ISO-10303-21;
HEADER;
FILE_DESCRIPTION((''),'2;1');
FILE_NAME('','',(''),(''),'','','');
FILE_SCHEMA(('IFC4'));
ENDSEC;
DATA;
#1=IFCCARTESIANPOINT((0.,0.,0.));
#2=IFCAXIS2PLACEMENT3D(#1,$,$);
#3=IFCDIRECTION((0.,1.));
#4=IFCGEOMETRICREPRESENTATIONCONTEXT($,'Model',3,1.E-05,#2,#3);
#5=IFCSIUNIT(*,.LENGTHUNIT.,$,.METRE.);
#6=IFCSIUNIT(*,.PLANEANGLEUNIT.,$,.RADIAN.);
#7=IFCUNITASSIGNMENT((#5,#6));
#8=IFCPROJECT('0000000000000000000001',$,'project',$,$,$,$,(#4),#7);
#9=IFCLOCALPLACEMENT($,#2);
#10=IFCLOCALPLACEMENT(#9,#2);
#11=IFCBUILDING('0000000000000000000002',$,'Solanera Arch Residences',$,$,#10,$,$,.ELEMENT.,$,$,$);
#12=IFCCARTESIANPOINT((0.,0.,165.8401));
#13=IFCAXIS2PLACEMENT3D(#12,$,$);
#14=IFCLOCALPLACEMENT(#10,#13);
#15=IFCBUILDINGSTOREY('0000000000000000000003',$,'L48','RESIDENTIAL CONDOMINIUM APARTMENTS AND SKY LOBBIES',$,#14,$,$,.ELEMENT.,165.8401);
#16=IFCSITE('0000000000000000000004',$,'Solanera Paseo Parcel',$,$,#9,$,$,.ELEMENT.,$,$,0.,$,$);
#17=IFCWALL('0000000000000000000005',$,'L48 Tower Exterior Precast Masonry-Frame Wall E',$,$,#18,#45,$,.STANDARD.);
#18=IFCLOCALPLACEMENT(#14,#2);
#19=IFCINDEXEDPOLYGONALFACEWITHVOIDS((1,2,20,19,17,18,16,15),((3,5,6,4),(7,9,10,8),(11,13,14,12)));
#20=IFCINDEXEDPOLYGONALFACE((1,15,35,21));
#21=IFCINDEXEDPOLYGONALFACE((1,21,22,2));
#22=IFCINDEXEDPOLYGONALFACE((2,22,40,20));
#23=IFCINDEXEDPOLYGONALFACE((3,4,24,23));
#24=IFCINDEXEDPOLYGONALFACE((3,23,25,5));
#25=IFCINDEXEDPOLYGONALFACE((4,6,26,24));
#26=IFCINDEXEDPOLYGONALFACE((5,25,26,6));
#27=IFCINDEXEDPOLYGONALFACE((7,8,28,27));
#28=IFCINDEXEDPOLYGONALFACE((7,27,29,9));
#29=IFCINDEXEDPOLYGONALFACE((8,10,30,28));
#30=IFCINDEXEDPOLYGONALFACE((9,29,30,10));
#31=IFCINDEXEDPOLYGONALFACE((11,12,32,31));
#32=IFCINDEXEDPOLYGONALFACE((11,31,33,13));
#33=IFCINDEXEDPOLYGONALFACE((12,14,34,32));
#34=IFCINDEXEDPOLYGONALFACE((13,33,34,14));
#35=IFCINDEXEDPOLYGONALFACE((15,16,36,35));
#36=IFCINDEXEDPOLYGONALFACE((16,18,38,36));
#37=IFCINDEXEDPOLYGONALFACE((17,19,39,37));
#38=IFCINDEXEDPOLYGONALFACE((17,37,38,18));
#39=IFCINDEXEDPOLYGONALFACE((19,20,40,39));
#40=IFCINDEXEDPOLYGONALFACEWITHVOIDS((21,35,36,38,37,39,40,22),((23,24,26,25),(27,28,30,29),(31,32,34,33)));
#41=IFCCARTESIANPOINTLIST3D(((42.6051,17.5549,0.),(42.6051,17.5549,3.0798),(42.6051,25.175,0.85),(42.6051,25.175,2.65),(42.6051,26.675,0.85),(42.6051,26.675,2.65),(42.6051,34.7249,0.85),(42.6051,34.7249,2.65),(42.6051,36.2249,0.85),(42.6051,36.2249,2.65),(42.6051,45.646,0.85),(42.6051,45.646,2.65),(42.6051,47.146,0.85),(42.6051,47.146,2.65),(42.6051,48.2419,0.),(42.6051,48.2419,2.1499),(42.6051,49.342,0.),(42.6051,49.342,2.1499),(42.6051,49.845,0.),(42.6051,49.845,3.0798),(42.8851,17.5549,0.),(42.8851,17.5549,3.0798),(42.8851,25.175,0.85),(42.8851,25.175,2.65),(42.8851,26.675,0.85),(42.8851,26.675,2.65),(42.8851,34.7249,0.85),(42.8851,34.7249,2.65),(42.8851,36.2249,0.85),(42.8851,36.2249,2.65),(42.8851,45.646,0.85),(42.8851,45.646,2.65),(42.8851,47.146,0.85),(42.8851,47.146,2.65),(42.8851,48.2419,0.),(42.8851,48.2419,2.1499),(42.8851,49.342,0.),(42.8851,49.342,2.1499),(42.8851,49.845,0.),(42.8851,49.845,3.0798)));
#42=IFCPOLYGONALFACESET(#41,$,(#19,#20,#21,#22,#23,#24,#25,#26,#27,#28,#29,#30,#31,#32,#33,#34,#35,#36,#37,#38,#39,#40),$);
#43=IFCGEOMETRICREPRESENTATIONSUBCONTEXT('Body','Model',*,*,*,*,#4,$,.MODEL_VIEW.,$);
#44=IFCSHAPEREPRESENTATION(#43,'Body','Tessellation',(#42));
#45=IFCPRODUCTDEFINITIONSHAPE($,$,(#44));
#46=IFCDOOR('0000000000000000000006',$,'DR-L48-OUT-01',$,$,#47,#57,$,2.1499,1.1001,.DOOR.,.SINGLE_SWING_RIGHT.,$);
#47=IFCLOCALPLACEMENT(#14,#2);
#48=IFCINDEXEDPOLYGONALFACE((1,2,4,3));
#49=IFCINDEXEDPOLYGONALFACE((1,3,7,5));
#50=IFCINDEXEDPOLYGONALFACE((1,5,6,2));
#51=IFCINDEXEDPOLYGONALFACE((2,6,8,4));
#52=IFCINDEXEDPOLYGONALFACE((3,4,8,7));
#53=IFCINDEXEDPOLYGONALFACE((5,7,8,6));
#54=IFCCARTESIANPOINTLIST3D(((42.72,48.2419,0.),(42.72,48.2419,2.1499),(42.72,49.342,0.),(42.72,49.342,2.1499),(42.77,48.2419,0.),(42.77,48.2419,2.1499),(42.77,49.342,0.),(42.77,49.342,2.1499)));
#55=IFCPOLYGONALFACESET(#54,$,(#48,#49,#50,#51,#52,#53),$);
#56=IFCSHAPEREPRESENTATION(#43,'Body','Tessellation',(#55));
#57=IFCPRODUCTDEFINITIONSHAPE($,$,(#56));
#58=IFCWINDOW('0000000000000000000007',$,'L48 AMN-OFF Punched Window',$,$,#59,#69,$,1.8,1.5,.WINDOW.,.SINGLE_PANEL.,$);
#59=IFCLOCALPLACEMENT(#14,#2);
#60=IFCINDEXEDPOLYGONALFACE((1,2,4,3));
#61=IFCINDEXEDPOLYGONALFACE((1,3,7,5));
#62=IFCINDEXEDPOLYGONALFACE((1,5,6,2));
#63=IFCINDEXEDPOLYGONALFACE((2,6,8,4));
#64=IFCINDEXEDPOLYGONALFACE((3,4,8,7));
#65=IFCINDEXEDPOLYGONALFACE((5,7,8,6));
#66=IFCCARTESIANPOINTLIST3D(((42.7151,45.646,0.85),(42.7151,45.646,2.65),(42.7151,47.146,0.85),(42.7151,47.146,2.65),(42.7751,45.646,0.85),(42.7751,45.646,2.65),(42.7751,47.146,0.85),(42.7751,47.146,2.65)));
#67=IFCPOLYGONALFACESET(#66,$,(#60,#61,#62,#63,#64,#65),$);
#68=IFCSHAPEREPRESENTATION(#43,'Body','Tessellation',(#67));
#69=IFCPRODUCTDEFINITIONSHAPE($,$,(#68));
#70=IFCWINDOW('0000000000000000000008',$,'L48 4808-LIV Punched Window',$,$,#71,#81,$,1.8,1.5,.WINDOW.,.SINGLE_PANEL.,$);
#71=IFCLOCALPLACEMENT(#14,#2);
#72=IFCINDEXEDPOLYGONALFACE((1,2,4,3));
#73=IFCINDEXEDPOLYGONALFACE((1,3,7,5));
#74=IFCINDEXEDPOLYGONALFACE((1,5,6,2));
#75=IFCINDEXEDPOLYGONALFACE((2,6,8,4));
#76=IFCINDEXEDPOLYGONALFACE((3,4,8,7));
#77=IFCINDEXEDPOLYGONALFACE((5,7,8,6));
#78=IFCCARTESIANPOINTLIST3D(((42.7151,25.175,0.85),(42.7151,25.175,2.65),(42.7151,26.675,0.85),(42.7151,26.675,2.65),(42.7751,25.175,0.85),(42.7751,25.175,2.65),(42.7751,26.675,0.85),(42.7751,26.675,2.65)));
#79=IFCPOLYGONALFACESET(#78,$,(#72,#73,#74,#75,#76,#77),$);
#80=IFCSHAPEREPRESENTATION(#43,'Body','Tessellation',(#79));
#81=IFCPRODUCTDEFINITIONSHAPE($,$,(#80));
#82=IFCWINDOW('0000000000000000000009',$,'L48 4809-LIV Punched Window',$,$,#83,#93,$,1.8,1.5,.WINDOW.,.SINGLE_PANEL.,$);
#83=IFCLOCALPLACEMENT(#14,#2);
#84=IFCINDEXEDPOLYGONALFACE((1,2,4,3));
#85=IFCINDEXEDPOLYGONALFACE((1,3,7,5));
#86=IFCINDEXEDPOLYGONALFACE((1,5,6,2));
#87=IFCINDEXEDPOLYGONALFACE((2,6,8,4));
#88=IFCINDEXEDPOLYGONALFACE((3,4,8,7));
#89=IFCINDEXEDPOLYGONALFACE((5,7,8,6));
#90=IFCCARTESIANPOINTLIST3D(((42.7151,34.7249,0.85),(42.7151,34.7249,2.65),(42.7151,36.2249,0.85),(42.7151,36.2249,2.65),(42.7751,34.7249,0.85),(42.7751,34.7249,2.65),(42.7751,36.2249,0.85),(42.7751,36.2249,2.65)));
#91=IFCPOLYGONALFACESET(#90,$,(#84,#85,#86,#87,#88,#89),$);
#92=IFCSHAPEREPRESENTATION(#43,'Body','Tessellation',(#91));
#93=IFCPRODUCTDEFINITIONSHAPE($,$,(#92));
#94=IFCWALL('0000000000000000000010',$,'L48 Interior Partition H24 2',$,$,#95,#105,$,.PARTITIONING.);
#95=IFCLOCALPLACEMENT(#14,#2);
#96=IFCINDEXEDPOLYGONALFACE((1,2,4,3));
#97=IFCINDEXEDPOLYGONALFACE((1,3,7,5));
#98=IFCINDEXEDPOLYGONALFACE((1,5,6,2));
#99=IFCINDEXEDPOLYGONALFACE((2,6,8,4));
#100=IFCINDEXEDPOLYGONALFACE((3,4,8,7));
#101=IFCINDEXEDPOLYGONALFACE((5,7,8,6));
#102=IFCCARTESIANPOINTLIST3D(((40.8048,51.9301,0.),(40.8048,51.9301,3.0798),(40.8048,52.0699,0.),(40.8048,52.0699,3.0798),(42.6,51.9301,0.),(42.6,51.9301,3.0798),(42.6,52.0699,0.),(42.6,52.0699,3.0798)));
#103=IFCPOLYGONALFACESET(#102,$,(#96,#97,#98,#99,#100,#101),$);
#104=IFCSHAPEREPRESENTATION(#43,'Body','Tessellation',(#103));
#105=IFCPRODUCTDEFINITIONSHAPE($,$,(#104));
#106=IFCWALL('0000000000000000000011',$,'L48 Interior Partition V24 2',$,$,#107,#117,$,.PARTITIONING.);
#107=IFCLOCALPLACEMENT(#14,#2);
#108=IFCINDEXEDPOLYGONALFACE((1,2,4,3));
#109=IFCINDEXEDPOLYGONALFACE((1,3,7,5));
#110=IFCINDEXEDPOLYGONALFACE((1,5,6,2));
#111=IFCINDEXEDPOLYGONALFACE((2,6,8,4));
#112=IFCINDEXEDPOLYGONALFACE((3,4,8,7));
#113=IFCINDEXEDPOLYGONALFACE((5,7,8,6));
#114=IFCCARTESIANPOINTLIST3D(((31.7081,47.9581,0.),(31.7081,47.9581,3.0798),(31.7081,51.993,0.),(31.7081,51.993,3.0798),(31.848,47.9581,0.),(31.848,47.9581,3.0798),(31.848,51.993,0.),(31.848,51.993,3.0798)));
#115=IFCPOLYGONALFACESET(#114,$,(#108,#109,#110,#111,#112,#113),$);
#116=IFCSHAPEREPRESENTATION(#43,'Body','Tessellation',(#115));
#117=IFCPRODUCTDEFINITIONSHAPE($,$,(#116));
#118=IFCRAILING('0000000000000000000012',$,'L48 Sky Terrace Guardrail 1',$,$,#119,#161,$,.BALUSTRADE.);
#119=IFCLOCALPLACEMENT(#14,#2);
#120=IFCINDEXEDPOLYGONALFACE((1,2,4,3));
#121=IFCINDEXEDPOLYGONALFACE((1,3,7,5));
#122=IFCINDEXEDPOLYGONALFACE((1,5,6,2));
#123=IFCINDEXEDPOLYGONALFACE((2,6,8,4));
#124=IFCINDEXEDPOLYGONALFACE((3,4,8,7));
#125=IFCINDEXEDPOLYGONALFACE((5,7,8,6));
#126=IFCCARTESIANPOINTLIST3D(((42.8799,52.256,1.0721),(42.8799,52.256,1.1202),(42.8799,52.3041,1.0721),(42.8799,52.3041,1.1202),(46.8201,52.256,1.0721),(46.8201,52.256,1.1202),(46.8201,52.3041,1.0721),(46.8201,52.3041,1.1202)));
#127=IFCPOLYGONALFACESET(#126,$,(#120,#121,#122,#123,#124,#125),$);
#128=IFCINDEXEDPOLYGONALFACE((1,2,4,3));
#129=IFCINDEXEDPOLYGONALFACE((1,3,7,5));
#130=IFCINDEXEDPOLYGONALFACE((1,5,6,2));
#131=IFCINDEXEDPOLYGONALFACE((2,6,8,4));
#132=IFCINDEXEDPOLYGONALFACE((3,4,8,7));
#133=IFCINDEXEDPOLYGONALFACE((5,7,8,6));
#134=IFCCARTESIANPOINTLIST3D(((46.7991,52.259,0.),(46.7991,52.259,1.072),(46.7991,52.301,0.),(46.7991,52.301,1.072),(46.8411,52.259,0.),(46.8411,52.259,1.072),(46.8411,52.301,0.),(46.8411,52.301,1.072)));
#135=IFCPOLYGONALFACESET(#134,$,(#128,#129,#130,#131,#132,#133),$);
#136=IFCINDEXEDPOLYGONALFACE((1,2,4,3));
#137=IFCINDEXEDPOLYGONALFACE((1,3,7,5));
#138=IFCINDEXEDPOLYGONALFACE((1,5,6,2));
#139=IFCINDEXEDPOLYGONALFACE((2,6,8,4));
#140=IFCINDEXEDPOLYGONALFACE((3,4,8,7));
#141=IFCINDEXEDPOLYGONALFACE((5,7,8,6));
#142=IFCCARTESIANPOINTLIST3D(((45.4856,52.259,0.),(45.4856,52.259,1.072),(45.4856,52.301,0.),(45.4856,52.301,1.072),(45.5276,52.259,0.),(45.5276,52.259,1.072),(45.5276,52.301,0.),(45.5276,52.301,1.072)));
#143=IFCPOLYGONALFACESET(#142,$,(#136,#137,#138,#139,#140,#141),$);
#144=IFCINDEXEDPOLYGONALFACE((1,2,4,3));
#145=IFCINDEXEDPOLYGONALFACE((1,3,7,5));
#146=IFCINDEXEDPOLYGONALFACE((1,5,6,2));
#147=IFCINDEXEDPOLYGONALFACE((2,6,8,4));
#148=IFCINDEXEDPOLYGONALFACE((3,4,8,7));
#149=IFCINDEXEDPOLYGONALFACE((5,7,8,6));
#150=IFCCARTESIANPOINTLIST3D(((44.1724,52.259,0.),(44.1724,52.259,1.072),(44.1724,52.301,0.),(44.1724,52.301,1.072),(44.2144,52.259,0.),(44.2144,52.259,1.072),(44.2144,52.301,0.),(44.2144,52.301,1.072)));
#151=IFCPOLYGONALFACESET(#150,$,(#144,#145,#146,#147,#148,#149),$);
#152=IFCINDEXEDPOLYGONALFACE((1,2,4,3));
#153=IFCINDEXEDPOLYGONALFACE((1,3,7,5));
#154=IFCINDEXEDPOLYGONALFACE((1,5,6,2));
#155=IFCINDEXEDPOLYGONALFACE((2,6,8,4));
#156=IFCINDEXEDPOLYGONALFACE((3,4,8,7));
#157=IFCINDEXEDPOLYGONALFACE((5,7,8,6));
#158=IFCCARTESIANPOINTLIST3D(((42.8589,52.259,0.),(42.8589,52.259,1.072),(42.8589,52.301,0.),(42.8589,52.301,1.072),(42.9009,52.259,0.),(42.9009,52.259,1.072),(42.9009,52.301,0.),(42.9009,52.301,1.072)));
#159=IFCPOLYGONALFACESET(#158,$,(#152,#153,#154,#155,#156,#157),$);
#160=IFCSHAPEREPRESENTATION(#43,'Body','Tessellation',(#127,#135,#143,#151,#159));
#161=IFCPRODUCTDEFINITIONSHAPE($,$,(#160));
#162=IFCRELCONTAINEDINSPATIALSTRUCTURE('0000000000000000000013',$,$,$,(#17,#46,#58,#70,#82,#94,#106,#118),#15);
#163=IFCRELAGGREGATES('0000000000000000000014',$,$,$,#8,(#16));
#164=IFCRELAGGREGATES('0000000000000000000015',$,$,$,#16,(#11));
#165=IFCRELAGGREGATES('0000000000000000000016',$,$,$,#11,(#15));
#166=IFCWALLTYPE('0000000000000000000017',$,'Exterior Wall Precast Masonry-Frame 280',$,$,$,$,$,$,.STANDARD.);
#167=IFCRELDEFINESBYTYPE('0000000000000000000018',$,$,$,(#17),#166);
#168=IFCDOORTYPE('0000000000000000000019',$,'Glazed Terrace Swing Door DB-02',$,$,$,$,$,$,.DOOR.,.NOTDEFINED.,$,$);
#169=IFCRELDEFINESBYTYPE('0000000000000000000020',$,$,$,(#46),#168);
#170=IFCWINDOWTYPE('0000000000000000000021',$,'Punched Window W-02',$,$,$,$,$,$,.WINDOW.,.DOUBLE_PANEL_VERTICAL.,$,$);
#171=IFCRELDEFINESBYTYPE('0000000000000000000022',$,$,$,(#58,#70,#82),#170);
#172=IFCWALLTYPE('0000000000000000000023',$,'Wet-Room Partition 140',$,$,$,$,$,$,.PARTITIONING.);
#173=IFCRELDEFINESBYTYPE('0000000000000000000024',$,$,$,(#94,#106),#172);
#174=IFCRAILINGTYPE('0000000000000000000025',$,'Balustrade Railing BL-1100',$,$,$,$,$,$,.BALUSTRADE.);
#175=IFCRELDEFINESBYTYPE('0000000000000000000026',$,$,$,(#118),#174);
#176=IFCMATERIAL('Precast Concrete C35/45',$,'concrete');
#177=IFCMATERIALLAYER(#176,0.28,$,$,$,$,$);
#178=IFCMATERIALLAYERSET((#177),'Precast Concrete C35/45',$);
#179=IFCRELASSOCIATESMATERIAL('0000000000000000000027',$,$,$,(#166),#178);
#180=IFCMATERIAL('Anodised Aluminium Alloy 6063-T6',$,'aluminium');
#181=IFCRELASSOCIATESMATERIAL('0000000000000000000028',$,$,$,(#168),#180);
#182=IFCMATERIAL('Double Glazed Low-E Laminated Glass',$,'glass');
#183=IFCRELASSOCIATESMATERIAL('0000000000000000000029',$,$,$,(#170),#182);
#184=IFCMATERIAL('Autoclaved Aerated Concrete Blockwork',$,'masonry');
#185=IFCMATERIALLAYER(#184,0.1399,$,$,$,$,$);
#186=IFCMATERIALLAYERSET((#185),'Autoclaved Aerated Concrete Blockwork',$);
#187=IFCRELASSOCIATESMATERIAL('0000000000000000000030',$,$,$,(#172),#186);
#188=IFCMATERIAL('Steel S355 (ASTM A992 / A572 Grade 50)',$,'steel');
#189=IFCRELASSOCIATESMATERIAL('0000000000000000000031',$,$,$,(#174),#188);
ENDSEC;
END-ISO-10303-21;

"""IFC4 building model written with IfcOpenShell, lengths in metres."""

from ifc_helpers import new_model, si_unit, direction, frame, frame_2d, origin, origin_2d, place, context, subcontext, project, spatial, rectangle, extrude, material, layer, layer_set, type_object, element, fill, save


model = new_model("IFC4")

# Units and contexts
model_context = context("Model", 3, precision=1e-05, world=origin(), true_north=direction((0.0, 1.0)))
body_context = subcontext(model_context, "Body", "Model", "MODEL_VIEW")
ifc_project = project(units=[si_unit("LENGTHUNIT", "METRE"), si_unit("PLANEANGLEUNIT", "RADIAN")], contexts=[model_context])

# Site, building, storey
site_placement = place(None, origin())
site = spatial("IfcSite", under=ifc_project, at=site_placement, Name="Solanera Paseo Parcel", CompositionType="ELEMENT", RefElevation=0.0)
building_placement = place(site_placement, origin())
building = spatial("IfcBuilding", under=site, at=building_placement, Name="Solanera Arch Residences", CompositionType="ELEMENT")
storey_placement = place(building_placement, frame((0.0, 0.0, 165.8401)))
storey = spatial("IfcBuildingStorey", under=building, at=storey_placement, Name="L48", Description="RESIDENTIAL CONDOMINIUM APARTMENTS AND SKY LOBBIES", CompositionType="ELEMENT", Elevation=165.8401)

# Shared definitions
ifc_material_1 = material(Name="Precast Concrete C35/45", Category="concrete")
ifc_layer_1 = layer(ifc_material_1, 0.28)
ifc_layer_set_1 = layer_set([ifc_layer_1], Name="Precast Concrete C35/45")
wall_type_1 = type_object("IfcWallType", Name="Exterior Wall Precast Masonry-Frame 280", PredefinedType="STANDARD", material=ifc_layer_set_1)

# Wall, openings, door, windows
wall_1_placement = place(storey_placement, frame((42.7451, 49.845, 0.0), z_axis=(0.0, 0.0, 1.0), x_axis=(0.0, -1.0, 0.0)))
wall_1 = element("IfcWall", 1, at=wall_1_placement, inside=storey, type_object=wall_type_1, Name="L48 Tower Exterior Precast Masonry-Frame Wall E", PredefinedType="STANDARD", context=body_context, shape_type="SweptSolid", body=[
    extrude(rectangle(XDim=32.29, YDim=0.28, at=frame_2d((16.145, 0.0))), origin(), (0.0, 0.0, 1.0), 3.0798),
])
opening_1_placement = place(wall_1_placement, frame((0.5029, 0.0, 0.0)))
opening_1 = element("IfcOpeningElement", 2, at=opening_1_placement, cuts=wall_1, PredefinedType="OPENING", context=body_context, shape_type="SweptSolid", body=[
    extrude(rectangle(XDim=1.1001, YDim=2.1499, at=frame_2d((0.55, 1.075))), frame((0.0, 0.1499, 0.0), z_axis=(0.0, -1.0, 0.0), x_axis=(1.0, 0.0, 0.0)), (0.0, 0.0, 1.0), 0.3),
])
opening_2_placement = place(wall_1_placement, frame((2.699, 0.0, 0.8501)))
opening_2 = element("IfcOpeningElement", 3, at=opening_2_placement, cuts=wall_1, PredefinedType="OPENING", context=body_context, shape_type="SweptSolid", body=[
    extrude(rectangle(XDim=1.5, YDim=1.8, at=frame_2d((0.75, 0.8999))), frame((0.0, 0.1499, 0.0), z_axis=(0.0, -1.0, 0.0), x_axis=(1.0, 0.0, 0.0)), (0.0, 0.0, 1.0), 0.3),
])
opening_3_placement = place(wall_1_placement, frame((23.1699, 0.0, 0.8501)))
opening_3 = element("IfcOpeningElement", 4, at=opening_3_placement, cuts=wall_1, PredefinedType="OPENING", context=body_context, shape_type="SweptSolid", body=[
    extrude(rectangle(XDim=1.5, YDim=1.8, at=frame_2d((0.75, 0.8999))), frame((0.0, 0.1499, 0.0), z_axis=(0.0, -1.0, 0.0), x_axis=(1.0, 0.0, 0.0)), (0.0, 0.0, 1.0), 0.3),
])
opening_4_placement = place(wall_1_placement, frame((13.6201, 0.0, 0.8501)))
opening_4 = element("IfcOpeningElement", 5, at=opening_4_placement, cuts=wall_1, PredefinedType="OPENING", context=body_context, shape_type="SweptSolid", body=[
    extrude(rectangle(XDim=1.5, YDim=1.8, at=frame_2d((0.75, 0.8999))), frame((0.0, 0.1499, 0.0), z_axis=(0.0, -1.0, 0.0), x_axis=(1.0, 0.0, 0.0)), (0.0, 0.0, 1.0), 0.3),
])
ifc_material_2 = material(Name="Anodised Aluminium Alloy 6063-T6", Category="aluminium")
door_type = type_object("IfcDoorType", Name="Glazed Terrace Swing Door DB-02", OperationType="NOTDEFINED", PredefinedType="DOOR", material=ifc_material_2)
door_placement = place(opening_1_placement, origin())
door = element("IfcDoor", 6, at=door_placement, inside=storey, type_object=door_type, Name="DR-L48-OUT-01", OperationType="SINGLE_SWING_RIGHT", OverallHeight=2.1499, OverallWidth=1.1001, PredefinedType="DOOR", context=body_context, shape_type="SweptSolid", body=[
    extrude(rectangle(XDim=1.1001, YDim=2.1499, at=frame_2d((0.55, 1.075))), frame((0.0, 0.0249, 0.0), z_axis=(0.0, -1.0, 0.0), x_axis=(1.0, 0.0, 0.0)), (0.0, 0.0, 1.0), 0.05),
])
fill(opening_1, door)
ifc_material_3 = material(Name="Double Glazed Low-E Laminated Glass", Category="glass")
window_type = type_object("IfcWindowType", Name="Punched Window W-02", PartitioningType="DOUBLE_PANEL_VERTICAL", PredefinedType="WINDOW", material=ifc_material_3)
window_1_placement = place(opening_2_placement, origin())
window_1 = element("IfcWindow", 7, at=window_1_placement, inside=storey, type_object=window_type, Name="L48 AMN-OFF Punched Window", OverallHeight=1.8, OverallWidth=1.5, PartitioningType="SINGLE_PANEL", PredefinedType="WINDOW", context=body_context, shape_type="SweptSolid", body=[
    extrude(rectangle(XDim=1.5, YDim=1.8, at=frame_2d((0.75, 0.8999))), frame((0.0, 0.03, 0.0), z_axis=(0.0, -1.0, 0.0), x_axis=(1.0, 0.0, 0.0)), (0.0, 0.0, 1.0), 0.0601),
])
fill(opening_2, window_1)
window_2_placement = place(opening_3_placement, origin())
window_2 = element("IfcWindow", 8, at=window_2_placement, inside=storey, type_object=window_type, Name="L48 4808-LIV Punched Window", OverallHeight=1.8, OverallWidth=1.5, PartitioningType="SINGLE_PANEL", PredefinedType="WINDOW", context=body_context, shape_type="SweptSolid", body=[
    extrude(rectangle(XDim=1.5, YDim=1.8, at=frame_2d((0.75, 0.8999))), frame((0.0, 0.03, 0.0), z_axis=(0.0, -1.0, 0.0), x_axis=(1.0, 0.0, 0.0)), (0.0, 0.0, 1.0), 0.0601),
])
fill(opening_3, window_2)
window_3_placement = place(opening_4_placement, origin())
window_3 = element("IfcWindow", 9, at=window_3_placement, inside=storey, type_object=window_type, Name="L48 4809-LIV Punched Window", OverallHeight=1.8, OverallWidth=1.5, PartitioningType="SINGLE_PANEL", PredefinedType="WINDOW", context=body_context, shape_type="SweptSolid", body=[
    extrude(rectangle(XDim=1.5, YDim=1.8, at=frame_2d((0.75, 0.8999))), frame((0.0, 0.03, 0.0), z_axis=(0.0, -1.0, 0.0), x_axis=(1.0, 0.0, 0.0)), (0.0, 0.0, 1.0), 0.0601),
])
fill(opening_4, window_3)

# Walls
ifc_material_4 = material(Name="Autoclaved Aerated Concrete Blockwork", Category="masonry")
ifc_layer_2 = layer(ifc_material_4, 0.1399)
ifc_layer_set_2 = layer_set([ifc_layer_2], Name="Autoclaved Aerated Concrete Blockwork")
wall_type_2 = type_object("IfcWallType", Name="Wet-Room Partition 140", PredefinedType="PARTITIONING", material=ifc_layer_set_2)
wall_2_placement = place(storey_placement, frame((40.8049, 52.0, 0.0), z_axis=(0.0, 0.0, 1.0), x_axis=(1.0, 0.0, 0.0)))
element("IfcWall", 10, at=wall_2_placement, inside=storey, type_object=wall_type_2, Name="L48 Interior Partition H24 2", PredefinedType="PARTITIONING", context=body_context, shape_type="SweptSolid", body=[
    extrude(rectangle(XDim=1.7952, YDim=0.1399, at=frame_2d((0.8975, 0.0))), origin(), (0.0, 0.0, 1.0), 3.0798),
])
wall_3_placement = place(storey_placement, frame((31.7781, 47.958, 0.0), z_axis=(0.0, 0.0, 1.0), x_axis=(0.0, 1.0, 0.0)))
element("IfcWall", 11, at=wall_3_placement, inside=storey, type_object=wall_type_2, Name="L48 Interior Partition V24 2", PredefinedType="PARTITIONING", context=body_context, shape_type="SweptSolid", body=[
    extrude(rectangle(XDim=4.0349, YDim=0.1399, at=frame_2d((2.0176, 0.0))), origin(), (0.0, 0.0, 1.0), 3.0798),
])

# Railing
ifc_material_5 = material(Name="Steel S355 (ASTM A992 / A572 Grade 50)", Category="steel")
railing_type = type_object("IfcRailingType", Name="Balustrade Railing BL-1100", PredefinedType="BALUSTRADE", material=ifc_material_5)
railing_1_placement = place(storey_placement, frame((46.8201, 52.28, 0.0)))
element("IfcRailing", 12, at=railing_1_placement, inside=storey, type_object=railing_type, Name="L48 Sky Terrace Guardrail 1", PredefinedType="BALUSTRADE", context=body_context, shape_type="SweptSolid", body=[
    extrude(rectangle(XDim=0.0481, YDim=0.0481, at=origin_2d()), frame((0.0, 0.0, 1.0962), z_axis=(-1.0, 0.0, 0.0), x_axis=(0.0, -1.0, 0.0)), (0.0, 0.0, 1.0), 3.9402),
    extrude(rectangle(XDim=0.042, YDim=0.042, at=origin_2d()), origin(), (0.0, 0.0, 1.0), 1.072),
    extrude(rectangle(XDim=0.042, YDim=0.042, at=origin_2d()), frame((-1.3135, 0.0, 0.0)), (0.0, 0.0, 1.0), 1.072),
    extrude(rectangle(XDim=0.042, YDim=0.042, at=origin_2d()), frame((-2.6267, 0.0, 0.0)), (0.0, 0.0, 1.0), 1.072),
    extrude(rectangle(XDim=0.042, YDim=0.042, at=origin_2d()), frame((-3.9402, 0.0, 0.0)), (0.0, 0.0, 1.0), 1.072),
])

save(model, "model.ifc")
